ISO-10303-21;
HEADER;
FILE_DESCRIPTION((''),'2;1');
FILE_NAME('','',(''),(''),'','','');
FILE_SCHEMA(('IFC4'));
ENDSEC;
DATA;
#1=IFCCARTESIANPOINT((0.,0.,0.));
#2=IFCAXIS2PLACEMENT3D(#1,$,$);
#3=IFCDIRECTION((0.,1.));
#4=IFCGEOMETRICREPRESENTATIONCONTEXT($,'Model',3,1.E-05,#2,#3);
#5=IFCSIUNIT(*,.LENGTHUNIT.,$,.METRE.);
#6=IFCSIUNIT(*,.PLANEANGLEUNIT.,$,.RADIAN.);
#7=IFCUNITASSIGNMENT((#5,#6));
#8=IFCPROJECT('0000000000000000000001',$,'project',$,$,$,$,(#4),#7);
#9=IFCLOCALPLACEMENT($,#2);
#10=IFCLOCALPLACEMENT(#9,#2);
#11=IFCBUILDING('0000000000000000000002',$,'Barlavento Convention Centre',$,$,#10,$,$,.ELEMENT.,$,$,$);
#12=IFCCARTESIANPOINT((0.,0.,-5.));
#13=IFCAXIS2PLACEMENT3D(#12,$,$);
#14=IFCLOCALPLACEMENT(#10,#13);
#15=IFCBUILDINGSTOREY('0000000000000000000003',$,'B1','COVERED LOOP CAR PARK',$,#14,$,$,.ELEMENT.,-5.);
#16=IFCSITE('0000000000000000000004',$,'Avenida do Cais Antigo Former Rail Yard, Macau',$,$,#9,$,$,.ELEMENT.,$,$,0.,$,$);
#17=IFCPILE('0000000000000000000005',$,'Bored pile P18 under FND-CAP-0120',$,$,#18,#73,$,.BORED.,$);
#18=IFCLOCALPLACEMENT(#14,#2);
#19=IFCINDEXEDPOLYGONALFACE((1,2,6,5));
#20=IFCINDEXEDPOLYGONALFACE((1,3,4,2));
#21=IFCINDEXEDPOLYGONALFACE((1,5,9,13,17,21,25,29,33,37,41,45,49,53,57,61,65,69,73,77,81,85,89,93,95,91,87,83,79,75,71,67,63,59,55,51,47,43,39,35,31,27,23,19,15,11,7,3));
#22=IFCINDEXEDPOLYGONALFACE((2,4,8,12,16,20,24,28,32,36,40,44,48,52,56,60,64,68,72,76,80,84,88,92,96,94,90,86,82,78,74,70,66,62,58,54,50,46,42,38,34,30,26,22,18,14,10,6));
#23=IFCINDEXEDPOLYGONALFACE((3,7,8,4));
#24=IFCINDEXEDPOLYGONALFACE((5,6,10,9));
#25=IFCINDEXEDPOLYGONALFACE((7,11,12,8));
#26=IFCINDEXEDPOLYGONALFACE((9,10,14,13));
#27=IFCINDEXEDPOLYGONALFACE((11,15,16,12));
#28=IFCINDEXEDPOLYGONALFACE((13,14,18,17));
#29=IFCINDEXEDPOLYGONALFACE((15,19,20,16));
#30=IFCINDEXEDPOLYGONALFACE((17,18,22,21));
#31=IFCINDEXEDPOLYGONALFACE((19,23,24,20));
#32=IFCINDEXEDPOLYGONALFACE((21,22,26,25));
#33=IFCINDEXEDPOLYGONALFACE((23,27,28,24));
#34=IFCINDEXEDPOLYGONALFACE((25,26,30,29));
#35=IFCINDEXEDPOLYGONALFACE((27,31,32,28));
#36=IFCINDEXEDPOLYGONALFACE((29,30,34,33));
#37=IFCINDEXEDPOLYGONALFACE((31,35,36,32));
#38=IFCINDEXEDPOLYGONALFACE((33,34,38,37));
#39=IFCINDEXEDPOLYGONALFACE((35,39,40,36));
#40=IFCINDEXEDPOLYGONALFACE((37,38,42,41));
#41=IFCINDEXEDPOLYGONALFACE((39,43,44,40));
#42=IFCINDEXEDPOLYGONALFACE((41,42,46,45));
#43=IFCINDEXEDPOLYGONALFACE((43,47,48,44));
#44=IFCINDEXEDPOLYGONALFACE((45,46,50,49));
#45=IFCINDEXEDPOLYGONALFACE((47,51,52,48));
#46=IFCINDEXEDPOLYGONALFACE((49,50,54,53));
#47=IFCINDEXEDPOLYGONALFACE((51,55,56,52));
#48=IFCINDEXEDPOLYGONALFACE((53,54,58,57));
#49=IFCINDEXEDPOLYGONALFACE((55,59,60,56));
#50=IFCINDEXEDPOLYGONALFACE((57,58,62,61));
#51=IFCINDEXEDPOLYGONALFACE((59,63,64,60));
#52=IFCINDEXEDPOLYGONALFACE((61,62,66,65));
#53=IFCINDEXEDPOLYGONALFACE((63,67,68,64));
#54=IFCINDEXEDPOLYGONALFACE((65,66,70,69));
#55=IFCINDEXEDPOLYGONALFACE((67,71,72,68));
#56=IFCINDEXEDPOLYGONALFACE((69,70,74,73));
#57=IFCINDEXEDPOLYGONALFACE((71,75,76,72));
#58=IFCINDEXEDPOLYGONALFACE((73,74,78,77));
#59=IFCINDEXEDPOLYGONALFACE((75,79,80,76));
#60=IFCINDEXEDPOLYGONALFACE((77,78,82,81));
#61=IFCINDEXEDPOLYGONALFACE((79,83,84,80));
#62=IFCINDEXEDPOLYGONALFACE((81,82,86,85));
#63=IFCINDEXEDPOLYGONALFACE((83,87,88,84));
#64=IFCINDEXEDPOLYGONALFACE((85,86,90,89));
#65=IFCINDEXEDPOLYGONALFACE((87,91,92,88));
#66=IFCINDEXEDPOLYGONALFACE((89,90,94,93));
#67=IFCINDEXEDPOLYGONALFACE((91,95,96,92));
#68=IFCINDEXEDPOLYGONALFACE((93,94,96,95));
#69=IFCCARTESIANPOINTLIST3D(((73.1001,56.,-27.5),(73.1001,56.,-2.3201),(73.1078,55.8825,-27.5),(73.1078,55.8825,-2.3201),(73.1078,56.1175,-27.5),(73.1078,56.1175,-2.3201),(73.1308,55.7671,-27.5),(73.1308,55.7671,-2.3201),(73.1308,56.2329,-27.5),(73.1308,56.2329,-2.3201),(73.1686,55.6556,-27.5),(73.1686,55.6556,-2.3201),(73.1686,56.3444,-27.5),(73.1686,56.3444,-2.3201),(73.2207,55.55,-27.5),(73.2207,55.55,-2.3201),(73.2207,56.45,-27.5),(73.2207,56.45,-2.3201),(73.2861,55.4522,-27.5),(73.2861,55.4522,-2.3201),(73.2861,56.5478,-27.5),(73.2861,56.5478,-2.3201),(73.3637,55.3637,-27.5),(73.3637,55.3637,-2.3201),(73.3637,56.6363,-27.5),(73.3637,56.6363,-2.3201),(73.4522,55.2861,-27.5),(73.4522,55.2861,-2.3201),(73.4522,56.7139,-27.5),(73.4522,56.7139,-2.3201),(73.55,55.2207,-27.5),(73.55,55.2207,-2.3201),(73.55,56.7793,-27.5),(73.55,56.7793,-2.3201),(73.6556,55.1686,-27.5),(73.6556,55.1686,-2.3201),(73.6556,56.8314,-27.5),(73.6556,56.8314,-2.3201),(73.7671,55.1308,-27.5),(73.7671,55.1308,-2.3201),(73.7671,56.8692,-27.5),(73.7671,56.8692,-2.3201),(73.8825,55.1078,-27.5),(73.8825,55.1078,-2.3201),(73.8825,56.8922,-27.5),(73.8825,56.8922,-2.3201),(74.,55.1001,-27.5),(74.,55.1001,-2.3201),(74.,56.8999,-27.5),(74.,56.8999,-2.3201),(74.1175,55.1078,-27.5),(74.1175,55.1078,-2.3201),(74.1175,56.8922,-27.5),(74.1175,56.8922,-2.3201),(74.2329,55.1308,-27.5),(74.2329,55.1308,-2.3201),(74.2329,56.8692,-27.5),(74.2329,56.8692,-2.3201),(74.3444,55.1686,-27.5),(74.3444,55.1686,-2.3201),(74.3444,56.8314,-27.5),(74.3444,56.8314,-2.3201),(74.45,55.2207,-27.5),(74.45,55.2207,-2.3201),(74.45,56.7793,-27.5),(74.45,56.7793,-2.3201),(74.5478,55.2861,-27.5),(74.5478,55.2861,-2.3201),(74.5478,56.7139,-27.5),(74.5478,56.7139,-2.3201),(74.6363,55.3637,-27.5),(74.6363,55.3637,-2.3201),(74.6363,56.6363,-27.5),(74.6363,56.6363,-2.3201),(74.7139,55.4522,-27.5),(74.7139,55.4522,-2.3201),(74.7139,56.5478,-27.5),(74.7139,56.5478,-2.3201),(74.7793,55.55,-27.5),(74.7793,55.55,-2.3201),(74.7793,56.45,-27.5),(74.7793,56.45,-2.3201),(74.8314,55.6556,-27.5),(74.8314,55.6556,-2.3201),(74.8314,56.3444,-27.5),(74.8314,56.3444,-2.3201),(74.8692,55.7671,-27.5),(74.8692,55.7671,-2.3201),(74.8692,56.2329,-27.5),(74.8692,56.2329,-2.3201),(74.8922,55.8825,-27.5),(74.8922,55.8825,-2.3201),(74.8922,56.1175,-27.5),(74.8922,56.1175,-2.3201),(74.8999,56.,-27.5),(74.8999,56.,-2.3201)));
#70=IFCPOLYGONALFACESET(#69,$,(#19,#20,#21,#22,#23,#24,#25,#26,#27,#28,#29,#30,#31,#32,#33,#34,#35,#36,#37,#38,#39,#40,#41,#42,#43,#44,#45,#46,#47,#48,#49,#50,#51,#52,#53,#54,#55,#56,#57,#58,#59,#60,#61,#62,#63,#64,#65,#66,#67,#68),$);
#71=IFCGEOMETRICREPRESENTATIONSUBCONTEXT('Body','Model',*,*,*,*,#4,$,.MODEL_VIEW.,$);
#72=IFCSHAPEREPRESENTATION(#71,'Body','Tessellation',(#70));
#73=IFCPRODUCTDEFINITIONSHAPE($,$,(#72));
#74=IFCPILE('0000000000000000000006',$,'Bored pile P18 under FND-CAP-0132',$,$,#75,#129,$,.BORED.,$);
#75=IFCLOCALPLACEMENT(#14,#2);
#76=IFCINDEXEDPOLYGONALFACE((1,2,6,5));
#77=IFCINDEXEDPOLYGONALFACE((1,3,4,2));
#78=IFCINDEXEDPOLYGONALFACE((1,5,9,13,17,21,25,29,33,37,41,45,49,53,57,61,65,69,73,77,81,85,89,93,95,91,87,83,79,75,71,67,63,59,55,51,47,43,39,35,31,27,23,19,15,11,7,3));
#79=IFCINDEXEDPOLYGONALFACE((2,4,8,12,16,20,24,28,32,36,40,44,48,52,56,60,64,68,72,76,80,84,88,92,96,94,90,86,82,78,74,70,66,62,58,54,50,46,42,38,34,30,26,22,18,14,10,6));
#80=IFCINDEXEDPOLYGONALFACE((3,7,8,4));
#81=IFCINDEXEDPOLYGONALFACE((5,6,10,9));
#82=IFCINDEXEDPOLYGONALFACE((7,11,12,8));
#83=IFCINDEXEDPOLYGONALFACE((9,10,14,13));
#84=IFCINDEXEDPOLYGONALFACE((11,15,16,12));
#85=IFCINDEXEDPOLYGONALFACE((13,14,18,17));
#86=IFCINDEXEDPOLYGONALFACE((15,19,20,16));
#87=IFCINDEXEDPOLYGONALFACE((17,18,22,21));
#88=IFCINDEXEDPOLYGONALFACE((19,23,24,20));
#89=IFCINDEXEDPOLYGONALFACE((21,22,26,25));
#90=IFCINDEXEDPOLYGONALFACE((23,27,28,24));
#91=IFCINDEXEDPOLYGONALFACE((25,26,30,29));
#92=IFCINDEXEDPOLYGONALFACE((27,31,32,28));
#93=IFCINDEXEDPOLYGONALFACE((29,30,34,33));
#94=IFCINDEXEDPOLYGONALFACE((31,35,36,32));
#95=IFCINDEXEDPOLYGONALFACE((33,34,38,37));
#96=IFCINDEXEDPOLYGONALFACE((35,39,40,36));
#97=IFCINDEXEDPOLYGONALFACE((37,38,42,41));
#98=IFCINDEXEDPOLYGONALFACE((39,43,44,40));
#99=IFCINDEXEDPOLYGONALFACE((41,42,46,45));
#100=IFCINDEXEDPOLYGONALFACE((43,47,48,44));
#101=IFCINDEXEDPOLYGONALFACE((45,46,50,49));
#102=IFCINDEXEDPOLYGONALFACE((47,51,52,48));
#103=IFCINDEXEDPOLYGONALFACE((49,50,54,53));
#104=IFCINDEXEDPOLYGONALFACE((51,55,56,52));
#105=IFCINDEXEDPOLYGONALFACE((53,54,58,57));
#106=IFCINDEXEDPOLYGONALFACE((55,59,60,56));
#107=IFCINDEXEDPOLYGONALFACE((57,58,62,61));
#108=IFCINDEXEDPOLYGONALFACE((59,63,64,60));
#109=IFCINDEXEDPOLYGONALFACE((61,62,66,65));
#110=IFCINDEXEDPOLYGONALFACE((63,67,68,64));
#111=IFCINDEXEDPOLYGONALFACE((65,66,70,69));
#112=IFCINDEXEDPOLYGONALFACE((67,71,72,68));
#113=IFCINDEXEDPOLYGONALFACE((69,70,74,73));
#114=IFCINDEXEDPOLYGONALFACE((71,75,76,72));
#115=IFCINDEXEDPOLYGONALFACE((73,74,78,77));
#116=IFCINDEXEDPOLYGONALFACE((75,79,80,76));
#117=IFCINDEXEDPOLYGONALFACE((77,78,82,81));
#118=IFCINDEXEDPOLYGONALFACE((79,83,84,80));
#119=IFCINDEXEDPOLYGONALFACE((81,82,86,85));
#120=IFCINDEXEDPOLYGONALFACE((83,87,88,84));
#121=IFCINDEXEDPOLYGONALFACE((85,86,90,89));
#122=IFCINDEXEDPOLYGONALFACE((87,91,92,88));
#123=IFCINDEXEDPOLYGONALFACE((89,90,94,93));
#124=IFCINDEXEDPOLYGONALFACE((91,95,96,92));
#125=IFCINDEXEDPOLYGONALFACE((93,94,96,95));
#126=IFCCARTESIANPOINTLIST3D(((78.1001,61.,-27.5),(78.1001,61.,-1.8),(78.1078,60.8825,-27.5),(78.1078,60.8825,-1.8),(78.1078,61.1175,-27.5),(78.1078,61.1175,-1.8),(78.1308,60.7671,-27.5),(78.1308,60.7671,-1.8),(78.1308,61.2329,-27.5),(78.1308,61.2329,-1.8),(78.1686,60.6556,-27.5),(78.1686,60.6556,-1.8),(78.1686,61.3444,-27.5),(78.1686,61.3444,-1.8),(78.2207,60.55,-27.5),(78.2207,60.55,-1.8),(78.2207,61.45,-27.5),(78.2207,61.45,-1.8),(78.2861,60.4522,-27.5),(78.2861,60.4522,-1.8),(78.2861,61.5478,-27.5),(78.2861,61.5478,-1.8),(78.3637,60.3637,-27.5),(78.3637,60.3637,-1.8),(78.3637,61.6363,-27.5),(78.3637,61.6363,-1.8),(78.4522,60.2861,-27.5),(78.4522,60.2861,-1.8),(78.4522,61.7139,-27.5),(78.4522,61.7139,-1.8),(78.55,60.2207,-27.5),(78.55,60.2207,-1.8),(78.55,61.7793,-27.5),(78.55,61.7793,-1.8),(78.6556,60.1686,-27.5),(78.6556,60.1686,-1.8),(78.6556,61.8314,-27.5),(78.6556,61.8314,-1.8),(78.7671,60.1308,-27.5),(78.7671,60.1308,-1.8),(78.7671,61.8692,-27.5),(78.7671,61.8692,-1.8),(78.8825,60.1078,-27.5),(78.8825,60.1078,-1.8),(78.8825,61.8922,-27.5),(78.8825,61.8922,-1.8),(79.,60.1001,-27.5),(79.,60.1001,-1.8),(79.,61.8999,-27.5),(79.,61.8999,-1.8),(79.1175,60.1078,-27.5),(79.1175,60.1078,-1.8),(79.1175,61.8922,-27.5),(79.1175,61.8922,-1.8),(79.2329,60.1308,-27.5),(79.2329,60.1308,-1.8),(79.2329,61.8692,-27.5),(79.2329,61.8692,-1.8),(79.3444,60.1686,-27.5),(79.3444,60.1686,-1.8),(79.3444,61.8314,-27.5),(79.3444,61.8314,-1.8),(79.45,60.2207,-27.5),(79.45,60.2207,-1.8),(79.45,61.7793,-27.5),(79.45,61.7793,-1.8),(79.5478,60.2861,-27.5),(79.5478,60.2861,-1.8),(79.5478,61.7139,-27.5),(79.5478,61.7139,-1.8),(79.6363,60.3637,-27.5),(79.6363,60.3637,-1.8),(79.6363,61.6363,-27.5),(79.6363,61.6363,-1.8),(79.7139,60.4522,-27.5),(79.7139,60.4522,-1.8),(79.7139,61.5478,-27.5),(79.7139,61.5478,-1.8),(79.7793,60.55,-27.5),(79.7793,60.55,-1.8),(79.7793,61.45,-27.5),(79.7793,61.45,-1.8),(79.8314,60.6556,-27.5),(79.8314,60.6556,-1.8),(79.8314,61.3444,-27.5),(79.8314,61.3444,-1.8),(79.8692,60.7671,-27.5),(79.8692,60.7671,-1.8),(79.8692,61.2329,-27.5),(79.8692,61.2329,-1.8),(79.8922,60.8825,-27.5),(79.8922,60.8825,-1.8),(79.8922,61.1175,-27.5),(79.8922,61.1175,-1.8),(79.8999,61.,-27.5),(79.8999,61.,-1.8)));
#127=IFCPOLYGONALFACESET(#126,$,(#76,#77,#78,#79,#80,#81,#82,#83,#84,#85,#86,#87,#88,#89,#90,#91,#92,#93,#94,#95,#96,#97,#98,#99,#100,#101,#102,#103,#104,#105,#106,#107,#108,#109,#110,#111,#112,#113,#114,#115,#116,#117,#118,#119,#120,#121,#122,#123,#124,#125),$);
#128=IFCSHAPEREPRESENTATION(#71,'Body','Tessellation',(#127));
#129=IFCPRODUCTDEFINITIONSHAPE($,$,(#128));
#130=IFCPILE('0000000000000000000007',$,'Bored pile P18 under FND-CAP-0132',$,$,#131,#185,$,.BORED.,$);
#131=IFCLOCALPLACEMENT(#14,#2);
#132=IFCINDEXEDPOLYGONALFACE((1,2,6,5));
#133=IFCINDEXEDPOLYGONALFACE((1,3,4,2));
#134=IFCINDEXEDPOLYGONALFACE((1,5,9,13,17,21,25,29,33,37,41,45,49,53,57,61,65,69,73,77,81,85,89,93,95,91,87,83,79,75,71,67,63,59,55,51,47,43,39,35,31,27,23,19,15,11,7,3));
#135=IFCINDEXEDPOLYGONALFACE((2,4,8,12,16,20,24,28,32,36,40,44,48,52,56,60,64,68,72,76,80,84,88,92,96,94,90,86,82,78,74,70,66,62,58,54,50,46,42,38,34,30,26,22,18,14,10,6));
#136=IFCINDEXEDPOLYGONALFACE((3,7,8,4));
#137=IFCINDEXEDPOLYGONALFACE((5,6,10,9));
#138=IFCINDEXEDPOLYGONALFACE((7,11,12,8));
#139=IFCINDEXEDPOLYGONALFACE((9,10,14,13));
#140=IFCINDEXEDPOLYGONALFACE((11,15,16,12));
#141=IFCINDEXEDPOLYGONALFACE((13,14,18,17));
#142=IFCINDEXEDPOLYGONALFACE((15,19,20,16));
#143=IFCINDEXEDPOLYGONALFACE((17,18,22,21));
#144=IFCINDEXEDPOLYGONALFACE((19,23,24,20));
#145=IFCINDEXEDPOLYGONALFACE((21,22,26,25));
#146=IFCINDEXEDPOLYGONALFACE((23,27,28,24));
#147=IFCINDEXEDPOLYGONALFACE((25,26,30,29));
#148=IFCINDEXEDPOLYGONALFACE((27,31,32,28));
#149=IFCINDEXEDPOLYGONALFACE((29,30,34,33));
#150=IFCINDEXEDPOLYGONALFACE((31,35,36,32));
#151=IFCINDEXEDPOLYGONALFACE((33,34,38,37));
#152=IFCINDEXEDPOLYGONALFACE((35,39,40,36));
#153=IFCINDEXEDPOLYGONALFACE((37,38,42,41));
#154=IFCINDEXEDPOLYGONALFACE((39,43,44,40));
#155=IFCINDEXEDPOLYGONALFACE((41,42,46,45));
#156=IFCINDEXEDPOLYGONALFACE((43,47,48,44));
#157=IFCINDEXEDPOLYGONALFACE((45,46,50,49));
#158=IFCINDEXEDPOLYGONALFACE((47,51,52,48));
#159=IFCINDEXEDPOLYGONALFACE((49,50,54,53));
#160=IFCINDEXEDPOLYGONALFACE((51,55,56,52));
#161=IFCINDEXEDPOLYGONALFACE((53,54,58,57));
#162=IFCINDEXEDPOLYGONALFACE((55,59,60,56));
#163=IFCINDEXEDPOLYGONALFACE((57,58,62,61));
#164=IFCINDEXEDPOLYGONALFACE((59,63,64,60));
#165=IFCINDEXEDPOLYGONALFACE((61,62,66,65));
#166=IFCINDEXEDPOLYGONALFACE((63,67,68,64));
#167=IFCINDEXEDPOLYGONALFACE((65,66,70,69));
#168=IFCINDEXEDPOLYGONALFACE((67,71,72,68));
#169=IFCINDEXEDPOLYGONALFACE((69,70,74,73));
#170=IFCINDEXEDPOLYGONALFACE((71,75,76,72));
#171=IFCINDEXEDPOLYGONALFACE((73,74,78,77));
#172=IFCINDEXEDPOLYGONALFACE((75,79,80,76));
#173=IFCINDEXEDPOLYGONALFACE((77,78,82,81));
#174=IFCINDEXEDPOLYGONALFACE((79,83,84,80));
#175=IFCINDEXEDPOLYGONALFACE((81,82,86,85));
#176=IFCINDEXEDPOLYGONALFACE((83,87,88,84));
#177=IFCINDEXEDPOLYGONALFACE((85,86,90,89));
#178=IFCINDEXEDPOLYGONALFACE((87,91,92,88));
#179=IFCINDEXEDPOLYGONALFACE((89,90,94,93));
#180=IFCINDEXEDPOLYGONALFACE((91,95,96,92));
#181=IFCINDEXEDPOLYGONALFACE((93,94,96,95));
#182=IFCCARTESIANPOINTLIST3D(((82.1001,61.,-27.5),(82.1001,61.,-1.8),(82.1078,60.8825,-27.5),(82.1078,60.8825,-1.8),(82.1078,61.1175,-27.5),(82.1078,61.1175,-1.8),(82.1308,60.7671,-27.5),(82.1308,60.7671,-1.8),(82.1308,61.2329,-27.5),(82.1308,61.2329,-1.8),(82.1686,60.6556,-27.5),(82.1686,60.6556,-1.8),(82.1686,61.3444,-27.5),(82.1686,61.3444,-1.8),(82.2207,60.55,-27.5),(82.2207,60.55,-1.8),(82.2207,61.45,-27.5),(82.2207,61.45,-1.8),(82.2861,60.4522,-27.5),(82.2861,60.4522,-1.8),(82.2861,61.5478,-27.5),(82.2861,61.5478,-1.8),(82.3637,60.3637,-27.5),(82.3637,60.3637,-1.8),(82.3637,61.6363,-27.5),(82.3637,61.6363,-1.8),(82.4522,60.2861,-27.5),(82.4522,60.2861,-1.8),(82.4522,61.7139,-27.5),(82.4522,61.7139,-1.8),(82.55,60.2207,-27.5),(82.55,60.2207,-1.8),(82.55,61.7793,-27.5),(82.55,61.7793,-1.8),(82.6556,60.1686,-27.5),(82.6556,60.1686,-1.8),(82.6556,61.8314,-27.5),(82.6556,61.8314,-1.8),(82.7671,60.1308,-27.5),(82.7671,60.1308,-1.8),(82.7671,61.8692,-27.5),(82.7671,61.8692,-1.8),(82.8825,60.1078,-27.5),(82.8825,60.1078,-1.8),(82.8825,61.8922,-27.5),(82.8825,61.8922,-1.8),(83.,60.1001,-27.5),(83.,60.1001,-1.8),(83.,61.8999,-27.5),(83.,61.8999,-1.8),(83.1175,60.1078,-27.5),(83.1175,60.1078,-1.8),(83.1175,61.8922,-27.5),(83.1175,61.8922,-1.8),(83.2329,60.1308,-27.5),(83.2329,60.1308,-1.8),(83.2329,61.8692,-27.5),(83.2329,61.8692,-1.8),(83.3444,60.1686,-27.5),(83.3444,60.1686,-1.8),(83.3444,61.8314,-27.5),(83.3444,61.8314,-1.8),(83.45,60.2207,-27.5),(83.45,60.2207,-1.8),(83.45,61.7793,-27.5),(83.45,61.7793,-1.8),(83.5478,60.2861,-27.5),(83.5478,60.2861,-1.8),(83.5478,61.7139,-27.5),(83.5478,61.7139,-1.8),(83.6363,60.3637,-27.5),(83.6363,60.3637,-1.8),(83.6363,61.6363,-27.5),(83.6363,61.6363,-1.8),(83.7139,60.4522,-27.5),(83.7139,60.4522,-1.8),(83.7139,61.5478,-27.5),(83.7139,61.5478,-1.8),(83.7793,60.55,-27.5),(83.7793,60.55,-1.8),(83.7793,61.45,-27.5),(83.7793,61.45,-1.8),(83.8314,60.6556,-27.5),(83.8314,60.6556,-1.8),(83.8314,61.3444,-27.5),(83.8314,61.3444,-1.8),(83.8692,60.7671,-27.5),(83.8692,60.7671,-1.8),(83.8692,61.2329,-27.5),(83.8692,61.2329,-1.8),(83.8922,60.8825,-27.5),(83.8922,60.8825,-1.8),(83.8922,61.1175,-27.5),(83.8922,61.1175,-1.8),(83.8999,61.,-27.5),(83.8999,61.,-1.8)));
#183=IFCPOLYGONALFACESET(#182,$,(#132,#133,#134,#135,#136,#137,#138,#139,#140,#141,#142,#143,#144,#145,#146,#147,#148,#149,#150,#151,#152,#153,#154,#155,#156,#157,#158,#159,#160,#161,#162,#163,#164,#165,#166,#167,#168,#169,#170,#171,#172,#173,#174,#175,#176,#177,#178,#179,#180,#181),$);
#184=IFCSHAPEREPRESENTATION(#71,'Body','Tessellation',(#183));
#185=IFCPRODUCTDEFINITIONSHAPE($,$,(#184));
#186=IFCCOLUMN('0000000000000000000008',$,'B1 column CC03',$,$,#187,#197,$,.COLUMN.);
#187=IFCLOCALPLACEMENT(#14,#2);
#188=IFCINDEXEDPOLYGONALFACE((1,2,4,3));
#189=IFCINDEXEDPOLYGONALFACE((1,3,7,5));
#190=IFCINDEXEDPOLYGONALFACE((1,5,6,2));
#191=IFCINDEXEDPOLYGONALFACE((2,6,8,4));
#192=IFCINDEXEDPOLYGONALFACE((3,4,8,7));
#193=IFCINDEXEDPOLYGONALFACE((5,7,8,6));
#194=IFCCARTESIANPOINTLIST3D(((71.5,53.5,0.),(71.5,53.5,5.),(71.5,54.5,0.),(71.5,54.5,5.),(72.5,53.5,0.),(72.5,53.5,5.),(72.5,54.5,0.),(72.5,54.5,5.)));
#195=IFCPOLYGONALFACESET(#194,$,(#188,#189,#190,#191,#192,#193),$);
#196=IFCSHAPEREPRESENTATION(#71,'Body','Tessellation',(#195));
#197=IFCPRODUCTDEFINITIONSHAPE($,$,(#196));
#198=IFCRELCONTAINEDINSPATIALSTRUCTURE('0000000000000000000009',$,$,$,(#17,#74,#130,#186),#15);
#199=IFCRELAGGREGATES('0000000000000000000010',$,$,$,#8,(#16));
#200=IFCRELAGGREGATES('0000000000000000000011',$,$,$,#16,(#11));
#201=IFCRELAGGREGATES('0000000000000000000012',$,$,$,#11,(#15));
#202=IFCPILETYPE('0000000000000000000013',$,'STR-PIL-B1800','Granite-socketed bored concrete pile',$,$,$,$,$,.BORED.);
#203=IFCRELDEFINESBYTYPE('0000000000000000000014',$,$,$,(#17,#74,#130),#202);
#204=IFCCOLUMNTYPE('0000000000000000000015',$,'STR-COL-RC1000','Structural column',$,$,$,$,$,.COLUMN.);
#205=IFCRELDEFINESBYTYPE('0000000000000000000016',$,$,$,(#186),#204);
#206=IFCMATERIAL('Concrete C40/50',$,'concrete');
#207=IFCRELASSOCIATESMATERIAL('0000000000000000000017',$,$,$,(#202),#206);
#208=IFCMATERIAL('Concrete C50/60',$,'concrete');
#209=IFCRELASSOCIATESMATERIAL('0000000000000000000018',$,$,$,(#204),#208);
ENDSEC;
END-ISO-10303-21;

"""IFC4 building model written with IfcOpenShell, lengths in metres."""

from ifc_helpers import new_model, si_unit, direction, frame, origin, origin_2d, place, context, subcontext, project, spatial, rectangle, circle, extrude, material, material_profile, profile_set, type_object, element, save


model = new_model("IFC4")

# Units and contexts
model_context = context("Model", 3, precision=1e-05, world=origin(), true_north=direction((0.0, 1.0)))
body_context = subcontext(model_context, "Body", "Model", "MODEL_VIEW")
ifc_project = project(units=[si_unit("LENGTHUNIT", "METRE"), si_unit("PLANEANGLEUNIT", "RADIAN")], contexts=[model_context])

# Site, building, storey
site_placement = place(None, origin())
site = spatial("IfcSite", under=ifc_project, at=site_placement, Name="Avenida do Cais Antigo Former Rail Yard, Macau", CompositionType="ELEMENT", RefElevation=0.0)
building_placement = place(site_placement, origin())
building = spatial("IfcBuilding", under=site, at=building_placement, Name="Barlavento Convention Centre", CompositionType="ELEMENT")
storey_placement = place(building_placement, frame((0.0, 0.0, -5.0)))
storey = spatial("IfcBuildingStorey", under=building, at=storey_placement, Name="B1", Description="COVERED LOOP CAR PARK", CompositionType="ELEMENT", Elevation=-5.0)

# Shared definitions
ifc_material_1 = material(Name="Concrete C40/50", Category="concrete")

# Piles
ifc_material_profile_1 = material_profile(ifc_material_1, circle(Radius=0.8999, at=origin_2d()), Name="BORED PILE 1800")
ifc_profile_set_1 = profile_set([ifc_material_profile_1], Name="Concrete C40/50")
pile_type_1 = type_object("IfcPileType", Name="STR-PIL-B1800", Description="Granite-socketed bored concrete pile", PredefinedType="BORED", material=ifc_profile_set_1)
for number, where, z_axis, x_axis, name in (
    (1, (74.0, 56.0, -2.3201), (0.0, 0.0, -1.0), (1.0, 0.0, 0.0), "Bored pile P18 under FND-CAP-0120"),
):
    element("IfcPile", number, at=place(storey_placement, frame(where, z_axis=z_axis, x_axis=x_axis)), inside=storey, type_object=pile_type_1, Name=name, PredefinedType="BORED", context=body_context, shape_type="SweptSolid", body=[
        extrude(circle(Radius=0.8999, at=origin_2d()), origin(), (0.0, 0.0, 1.0), 25.1799),
    ])
for number, where, z_axis, x_axis, name in (
    (2, (79.0, 61.0, -1.8), (0.0, 0.0, -1.0), (1.0, 0.0, 0.0), "Bored pile P18 under FND-CAP-0132"),
    (3, (83.0, 61.0, -1.8), (0.0, 0.0, -1.0), (1.0, 0.0, 0.0), "Bored pile P18 under FND-CAP-0132"),
):
    element("IfcPile", number, at=place(storey_placement, frame(where, z_axis=z_axis, x_axis=x_axis)), inside=storey, type_object=pile_type_1, Name=name, PredefinedType="BORED", context=body_context, shape_type="SweptSolid", body=[
        extrude(circle(Radius=0.8999, at=origin_2d()), origin(), (0.0, 0.0, 1.0), 25.7),
    ])

# Column
ifc_material_2 = material(Name="Concrete C50/60", Category="concrete")
ifc_material_profile_2 = material_profile(ifc_material_2, rectangle(XDim=1.0, YDim=1.0, at=origin_2d()), Name="RC 1000x1000")
ifc_profile_set_2 = profile_set([ifc_material_profile_2], Name="Concrete C50/60")
column_type_1 = type_object("IfcColumnType", Name="STR-COL-RC1000", Description="Structural column", PredefinedType="COLUMN", material=ifc_profile_set_2)
column_1_placement = place(storey_placement, frame((72.0, 54.0, 0.0), z_axis=(0.0, 0.0, 1.0), x_axis=(1.0, 0.0, 0.0)))
element("IfcColumn", 4, at=column_1_placement, inside=storey, type_object=column_type_1, Name="B1 column CC03", PredefinedType="COLUMN", context=body_context, shape_type="SweptSolid", body=[
    extrude(rectangle(XDim=1.0, YDim=1.0, at=origin_2d()), origin(), (0.0, 0.0, 1.0), 5.0),
])

save(model, "model.ifc")
